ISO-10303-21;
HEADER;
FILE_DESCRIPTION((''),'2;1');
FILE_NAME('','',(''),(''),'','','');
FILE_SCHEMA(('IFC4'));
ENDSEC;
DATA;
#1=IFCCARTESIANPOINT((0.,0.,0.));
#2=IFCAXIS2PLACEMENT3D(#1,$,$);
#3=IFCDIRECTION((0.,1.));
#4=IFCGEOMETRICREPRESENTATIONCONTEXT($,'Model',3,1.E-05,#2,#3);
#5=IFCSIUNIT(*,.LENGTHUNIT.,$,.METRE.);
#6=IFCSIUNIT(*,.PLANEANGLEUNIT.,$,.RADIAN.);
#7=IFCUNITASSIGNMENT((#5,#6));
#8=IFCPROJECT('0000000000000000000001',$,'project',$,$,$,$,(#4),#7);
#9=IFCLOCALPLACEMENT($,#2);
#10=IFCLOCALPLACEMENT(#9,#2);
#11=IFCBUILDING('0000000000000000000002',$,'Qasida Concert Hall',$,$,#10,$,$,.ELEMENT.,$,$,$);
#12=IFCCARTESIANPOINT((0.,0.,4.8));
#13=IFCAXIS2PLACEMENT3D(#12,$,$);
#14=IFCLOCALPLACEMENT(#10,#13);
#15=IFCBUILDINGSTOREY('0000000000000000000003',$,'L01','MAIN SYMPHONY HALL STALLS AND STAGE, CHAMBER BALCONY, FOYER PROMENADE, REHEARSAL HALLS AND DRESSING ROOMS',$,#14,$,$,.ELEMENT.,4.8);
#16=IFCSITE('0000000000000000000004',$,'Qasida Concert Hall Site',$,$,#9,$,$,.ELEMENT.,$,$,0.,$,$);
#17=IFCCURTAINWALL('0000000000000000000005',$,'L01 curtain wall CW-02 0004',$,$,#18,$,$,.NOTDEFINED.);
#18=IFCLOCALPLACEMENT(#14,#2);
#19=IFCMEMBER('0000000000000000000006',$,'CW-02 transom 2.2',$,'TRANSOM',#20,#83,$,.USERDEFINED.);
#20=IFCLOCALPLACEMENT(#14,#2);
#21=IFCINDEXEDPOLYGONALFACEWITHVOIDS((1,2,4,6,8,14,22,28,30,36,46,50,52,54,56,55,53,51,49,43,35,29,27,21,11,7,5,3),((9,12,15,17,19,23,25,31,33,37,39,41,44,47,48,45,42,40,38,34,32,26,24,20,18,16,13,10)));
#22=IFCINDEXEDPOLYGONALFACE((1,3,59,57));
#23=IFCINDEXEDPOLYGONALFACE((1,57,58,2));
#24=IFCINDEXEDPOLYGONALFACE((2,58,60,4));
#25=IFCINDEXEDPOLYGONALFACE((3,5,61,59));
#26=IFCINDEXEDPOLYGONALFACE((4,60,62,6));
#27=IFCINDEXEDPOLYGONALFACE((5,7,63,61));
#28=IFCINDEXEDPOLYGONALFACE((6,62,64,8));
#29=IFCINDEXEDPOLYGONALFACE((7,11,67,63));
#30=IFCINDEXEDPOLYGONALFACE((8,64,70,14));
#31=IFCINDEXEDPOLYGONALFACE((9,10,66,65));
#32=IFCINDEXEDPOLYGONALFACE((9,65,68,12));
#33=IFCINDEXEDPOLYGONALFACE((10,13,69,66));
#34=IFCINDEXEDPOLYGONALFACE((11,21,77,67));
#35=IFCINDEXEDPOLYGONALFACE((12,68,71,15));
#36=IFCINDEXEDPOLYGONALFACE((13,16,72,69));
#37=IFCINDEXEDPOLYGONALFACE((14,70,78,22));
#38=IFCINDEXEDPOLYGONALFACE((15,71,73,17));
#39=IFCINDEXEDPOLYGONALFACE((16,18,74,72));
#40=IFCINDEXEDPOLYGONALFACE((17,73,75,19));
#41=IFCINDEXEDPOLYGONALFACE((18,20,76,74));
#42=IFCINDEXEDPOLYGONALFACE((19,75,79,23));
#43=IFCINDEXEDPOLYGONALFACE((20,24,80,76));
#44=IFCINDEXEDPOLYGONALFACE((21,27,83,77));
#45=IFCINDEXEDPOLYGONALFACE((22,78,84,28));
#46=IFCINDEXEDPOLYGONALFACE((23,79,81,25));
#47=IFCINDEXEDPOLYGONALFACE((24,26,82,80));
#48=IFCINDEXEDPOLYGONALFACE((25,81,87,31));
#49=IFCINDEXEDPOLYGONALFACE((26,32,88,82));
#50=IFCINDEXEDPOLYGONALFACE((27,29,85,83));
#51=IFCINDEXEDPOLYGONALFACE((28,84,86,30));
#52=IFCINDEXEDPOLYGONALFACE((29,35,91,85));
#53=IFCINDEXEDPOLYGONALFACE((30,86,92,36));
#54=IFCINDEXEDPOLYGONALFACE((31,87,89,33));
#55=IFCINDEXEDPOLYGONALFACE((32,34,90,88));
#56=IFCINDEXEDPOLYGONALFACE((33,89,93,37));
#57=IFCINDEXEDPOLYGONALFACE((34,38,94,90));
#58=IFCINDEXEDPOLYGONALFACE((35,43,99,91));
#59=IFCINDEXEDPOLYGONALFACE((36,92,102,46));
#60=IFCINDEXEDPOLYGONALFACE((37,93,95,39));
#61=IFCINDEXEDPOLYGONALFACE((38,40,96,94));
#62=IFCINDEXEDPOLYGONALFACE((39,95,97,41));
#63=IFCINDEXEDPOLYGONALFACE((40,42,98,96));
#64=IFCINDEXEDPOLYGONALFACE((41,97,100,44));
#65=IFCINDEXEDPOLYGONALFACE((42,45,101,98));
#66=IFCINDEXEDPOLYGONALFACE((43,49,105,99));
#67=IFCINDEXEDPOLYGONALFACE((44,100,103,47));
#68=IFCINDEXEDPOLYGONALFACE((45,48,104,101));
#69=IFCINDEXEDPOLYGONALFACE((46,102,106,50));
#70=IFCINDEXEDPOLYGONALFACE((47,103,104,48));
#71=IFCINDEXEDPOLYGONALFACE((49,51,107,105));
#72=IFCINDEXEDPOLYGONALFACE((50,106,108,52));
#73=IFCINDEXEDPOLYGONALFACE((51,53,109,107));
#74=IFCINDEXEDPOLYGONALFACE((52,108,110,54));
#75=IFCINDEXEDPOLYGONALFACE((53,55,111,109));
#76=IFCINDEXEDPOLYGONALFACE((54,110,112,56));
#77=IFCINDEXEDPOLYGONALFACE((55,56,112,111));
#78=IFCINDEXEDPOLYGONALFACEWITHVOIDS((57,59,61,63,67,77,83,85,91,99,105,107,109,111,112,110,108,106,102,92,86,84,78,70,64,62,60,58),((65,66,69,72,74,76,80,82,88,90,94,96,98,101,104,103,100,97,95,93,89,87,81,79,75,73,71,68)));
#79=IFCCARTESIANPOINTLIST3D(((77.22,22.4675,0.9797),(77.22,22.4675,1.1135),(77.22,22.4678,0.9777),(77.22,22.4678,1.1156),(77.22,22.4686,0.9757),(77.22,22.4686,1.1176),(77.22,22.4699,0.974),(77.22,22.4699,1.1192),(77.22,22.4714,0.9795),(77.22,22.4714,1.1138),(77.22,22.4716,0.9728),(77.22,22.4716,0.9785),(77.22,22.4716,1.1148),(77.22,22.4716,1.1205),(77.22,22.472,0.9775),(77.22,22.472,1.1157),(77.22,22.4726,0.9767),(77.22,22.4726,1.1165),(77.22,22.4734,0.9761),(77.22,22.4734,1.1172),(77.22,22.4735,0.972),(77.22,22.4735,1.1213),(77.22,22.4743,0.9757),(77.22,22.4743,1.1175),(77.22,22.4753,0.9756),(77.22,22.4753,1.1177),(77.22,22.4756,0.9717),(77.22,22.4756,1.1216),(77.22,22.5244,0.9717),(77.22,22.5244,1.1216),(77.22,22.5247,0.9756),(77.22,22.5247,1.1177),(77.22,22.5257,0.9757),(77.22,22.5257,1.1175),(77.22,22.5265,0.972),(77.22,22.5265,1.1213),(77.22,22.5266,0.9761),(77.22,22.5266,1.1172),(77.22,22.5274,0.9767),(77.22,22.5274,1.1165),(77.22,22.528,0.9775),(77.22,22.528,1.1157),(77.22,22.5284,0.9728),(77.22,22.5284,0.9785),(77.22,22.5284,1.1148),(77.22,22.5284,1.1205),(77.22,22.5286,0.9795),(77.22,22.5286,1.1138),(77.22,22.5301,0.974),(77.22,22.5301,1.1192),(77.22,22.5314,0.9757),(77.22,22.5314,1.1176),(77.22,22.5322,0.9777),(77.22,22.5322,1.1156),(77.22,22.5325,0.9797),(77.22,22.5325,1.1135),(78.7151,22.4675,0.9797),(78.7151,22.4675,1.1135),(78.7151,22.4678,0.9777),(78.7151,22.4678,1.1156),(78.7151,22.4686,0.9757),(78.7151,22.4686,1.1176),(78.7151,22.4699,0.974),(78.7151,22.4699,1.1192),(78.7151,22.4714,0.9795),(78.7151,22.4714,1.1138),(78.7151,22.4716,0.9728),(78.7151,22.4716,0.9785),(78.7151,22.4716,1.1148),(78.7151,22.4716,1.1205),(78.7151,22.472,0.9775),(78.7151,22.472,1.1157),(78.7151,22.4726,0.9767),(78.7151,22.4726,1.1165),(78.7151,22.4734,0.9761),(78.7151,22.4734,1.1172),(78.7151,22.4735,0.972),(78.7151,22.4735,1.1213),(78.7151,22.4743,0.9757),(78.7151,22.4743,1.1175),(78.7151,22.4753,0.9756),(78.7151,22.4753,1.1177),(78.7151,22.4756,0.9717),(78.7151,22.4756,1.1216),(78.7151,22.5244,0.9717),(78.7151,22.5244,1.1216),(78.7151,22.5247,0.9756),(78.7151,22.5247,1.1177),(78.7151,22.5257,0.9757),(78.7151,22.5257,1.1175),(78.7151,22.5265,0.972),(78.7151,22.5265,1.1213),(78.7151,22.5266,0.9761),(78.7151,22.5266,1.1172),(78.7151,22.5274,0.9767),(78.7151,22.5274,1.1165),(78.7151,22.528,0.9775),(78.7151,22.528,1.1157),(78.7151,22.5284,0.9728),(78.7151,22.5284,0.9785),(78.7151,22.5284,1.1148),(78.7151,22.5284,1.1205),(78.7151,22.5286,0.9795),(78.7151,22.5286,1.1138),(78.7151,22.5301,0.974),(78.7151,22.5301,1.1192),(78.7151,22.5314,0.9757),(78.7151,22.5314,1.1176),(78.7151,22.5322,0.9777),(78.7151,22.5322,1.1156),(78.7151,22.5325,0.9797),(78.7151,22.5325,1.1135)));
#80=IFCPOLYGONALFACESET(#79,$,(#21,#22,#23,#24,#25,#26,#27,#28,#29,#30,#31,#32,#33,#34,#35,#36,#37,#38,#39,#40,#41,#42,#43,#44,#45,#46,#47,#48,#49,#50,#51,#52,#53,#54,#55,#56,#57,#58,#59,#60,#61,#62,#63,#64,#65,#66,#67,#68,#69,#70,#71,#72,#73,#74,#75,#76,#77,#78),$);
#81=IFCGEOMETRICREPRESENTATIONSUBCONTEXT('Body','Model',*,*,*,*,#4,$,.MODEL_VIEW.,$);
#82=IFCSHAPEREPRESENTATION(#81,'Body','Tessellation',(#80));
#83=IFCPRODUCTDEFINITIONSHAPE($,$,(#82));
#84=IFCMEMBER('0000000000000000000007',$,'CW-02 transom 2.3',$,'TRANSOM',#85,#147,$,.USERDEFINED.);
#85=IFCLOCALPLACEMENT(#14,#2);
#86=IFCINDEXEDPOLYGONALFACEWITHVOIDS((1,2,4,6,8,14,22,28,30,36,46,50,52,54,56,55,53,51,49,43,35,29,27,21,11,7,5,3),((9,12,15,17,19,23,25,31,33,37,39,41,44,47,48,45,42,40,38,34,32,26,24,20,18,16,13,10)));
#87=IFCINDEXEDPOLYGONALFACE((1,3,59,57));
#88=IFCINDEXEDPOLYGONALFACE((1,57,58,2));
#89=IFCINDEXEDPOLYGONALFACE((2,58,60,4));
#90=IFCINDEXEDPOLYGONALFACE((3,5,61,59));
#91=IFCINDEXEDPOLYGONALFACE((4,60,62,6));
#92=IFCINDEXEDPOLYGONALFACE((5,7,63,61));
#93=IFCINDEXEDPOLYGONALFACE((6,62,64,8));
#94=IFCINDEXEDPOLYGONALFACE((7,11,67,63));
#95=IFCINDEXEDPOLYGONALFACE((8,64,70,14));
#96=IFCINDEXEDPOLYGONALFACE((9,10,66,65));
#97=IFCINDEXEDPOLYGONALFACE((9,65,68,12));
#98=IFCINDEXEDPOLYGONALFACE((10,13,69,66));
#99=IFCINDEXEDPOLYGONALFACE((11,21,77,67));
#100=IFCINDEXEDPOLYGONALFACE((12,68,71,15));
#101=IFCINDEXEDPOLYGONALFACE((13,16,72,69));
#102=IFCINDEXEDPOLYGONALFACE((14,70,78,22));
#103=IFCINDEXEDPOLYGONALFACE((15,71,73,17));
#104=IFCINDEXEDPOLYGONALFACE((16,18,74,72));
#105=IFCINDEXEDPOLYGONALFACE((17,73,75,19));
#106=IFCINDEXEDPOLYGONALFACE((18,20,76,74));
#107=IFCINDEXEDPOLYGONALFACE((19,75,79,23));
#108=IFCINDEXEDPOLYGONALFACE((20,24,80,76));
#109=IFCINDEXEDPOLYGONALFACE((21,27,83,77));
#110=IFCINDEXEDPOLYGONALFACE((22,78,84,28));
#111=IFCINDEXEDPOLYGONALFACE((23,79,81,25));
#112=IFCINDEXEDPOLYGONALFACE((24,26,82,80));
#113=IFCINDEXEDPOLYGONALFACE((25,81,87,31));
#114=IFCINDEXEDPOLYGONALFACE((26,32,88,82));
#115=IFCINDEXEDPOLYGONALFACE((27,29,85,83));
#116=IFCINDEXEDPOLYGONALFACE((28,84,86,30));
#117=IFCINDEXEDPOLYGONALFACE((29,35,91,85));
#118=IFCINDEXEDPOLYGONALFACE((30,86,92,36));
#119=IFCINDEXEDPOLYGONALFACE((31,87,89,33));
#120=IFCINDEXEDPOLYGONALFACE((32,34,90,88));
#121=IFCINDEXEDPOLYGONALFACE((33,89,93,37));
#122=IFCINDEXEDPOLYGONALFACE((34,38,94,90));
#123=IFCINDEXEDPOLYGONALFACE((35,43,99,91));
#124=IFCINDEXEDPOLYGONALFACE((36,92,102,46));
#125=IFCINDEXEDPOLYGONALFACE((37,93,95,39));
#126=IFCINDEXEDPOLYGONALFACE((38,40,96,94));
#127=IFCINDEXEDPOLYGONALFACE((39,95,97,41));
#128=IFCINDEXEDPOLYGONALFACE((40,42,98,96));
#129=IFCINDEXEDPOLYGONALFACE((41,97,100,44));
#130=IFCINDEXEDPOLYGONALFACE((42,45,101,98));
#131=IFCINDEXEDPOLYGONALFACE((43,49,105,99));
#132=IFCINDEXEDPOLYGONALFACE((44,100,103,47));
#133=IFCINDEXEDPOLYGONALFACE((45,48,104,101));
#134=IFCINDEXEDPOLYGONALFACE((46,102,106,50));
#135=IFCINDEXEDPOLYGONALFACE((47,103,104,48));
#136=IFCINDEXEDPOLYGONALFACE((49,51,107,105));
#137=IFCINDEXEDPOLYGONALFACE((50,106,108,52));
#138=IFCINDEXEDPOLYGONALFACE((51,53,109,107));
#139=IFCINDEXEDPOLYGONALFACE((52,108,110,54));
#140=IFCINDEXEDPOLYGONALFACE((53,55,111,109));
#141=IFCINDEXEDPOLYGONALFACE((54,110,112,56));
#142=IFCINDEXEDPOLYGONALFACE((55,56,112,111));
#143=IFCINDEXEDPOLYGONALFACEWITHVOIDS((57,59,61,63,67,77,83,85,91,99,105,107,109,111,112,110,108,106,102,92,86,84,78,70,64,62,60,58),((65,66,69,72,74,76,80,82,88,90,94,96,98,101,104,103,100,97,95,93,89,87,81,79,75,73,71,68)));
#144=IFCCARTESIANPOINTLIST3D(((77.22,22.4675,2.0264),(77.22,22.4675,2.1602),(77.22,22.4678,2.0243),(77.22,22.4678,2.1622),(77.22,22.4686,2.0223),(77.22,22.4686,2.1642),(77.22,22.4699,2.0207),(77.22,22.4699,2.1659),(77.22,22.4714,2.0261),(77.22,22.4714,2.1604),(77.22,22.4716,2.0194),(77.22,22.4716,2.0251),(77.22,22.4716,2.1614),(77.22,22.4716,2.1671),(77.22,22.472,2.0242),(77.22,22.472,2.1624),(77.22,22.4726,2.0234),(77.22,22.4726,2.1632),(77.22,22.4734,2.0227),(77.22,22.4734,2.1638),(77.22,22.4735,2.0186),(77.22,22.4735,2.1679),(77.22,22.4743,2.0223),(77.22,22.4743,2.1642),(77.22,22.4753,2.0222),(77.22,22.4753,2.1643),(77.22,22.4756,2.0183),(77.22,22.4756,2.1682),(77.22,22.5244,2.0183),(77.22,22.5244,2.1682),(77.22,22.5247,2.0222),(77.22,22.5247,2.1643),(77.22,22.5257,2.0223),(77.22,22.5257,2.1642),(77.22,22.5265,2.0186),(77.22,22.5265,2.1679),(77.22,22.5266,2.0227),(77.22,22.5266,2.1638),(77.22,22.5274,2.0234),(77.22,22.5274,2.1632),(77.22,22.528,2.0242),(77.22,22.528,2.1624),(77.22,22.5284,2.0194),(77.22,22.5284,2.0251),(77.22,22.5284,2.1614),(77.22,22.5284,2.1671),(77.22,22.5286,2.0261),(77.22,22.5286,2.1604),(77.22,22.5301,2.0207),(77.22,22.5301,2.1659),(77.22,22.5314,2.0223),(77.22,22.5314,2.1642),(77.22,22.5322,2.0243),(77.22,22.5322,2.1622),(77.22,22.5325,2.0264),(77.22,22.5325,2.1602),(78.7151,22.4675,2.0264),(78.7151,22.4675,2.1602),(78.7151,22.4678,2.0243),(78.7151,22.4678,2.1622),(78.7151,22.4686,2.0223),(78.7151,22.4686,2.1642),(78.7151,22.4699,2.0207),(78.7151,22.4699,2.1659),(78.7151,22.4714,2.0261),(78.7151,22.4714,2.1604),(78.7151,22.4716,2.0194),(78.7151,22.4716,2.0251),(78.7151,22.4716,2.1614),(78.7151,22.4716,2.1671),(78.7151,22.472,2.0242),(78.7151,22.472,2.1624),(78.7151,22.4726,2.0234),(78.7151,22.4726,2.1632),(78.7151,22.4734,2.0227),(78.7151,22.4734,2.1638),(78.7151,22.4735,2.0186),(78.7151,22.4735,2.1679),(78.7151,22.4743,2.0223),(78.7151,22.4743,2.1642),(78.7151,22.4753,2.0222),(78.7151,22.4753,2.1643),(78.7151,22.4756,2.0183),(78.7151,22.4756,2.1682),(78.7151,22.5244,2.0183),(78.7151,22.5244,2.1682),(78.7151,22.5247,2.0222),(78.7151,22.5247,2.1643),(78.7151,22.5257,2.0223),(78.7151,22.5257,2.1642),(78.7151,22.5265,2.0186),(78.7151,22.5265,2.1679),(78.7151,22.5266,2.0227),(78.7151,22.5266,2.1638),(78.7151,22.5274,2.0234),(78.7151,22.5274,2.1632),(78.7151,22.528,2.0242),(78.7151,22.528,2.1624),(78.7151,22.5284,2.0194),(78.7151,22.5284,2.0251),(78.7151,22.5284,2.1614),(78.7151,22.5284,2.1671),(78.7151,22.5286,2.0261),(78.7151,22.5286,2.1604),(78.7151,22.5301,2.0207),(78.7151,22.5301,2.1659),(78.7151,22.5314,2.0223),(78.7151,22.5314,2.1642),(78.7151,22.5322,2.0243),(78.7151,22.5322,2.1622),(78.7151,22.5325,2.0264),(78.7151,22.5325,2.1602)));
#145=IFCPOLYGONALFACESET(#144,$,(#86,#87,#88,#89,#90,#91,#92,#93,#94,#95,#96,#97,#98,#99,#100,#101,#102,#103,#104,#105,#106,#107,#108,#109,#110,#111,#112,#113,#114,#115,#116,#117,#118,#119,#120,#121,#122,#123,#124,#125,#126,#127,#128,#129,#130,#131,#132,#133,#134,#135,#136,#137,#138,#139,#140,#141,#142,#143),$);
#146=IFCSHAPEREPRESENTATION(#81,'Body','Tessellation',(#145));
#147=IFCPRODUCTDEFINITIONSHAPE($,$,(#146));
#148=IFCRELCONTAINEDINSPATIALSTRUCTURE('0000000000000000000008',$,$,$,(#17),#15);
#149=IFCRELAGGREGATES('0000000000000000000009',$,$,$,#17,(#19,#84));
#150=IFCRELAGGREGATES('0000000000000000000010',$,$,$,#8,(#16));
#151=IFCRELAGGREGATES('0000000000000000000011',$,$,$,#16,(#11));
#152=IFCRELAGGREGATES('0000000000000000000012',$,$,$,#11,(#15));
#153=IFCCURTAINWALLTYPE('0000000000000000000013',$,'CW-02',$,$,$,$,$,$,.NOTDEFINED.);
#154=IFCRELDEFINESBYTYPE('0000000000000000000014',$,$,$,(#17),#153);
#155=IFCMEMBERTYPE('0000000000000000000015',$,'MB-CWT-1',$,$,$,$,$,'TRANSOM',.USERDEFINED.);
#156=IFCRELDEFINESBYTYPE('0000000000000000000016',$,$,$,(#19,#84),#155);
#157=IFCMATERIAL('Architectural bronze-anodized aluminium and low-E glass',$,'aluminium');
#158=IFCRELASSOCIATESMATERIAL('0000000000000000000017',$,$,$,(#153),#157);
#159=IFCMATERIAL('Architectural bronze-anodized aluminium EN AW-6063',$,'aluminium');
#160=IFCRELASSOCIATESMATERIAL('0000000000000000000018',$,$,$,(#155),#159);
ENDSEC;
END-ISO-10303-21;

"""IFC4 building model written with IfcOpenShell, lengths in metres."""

from ifc_helpers import new_model, si_unit, direction, frame, origin, origin_2d, place, context, subcontext, project, spatial, hollow_rectangle, extrude, material, material_profile, profile_set, type_object, element, aggregate, save


model = new_model("IFC4")

# Units and contexts
model_context = context("Model", 3, precision=1e-05, world=origin(), true_north=direction((0.0, 1.0)))
body_context = subcontext(model_context, "Body", "Model", "MODEL_VIEW")
ifc_project = project(units=[si_unit("LENGTHUNIT", "METRE"), si_unit("PLANEANGLEUNIT", "RADIAN")], contexts=[model_context])

# Site, building, storey
site_placement = place(None, origin())
site = spatial("IfcSite", under=ifc_project, at=site_placement, Name="Qasida Concert Hall Site", CompositionType="ELEMENT", RefElevation=0.0)
building_placement = place(site_placement, origin())
building = spatial("IfcBuilding", under=site, at=building_placement, Name="Qasida Concert Hall", CompositionType="ELEMENT")
storey_placement = place(building_placement, frame((0.0, 0.0, 4.8)))
storey = spatial("IfcBuildingStorey", under=building, at=storey_placement, Name="L01", Description="MAIN SYMPHONY HALL STALLS AND STAGE, CHAMBER BALCONY, FOYER PROMENADE, REHEARSAL HALLS AND DRESSING ROOMS", CompositionType="ELEMENT", Elevation=4.8)

# Curtain wall, members
ifc_material_1 = material(Name="Architectural bronze-anodized aluminium and low-E glass", Category="aluminium")
curtain_wall_type = type_object("IfcCurtainWallType", Name="CW-02", PredefinedType="NOTDEFINED", material=ifc_material_1)
curtain_wall_placement = place(storey_placement, origin())
curtain_wall = element("IfcCurtainWall", 1, at=curtain_wall_placement, inside=storey, type_object=curtain_wall_type, Name="L01 curtain wall CW-02 0004", PredefinedType="NOTDEFINED")
ifc_material_2 = material(Name="Architectural bronze-anodized aluminium EN AW-6063", Category="aluminium")
ifc_material_profile_1 = material_profile(ifc_material_2, hollow_rectangle(XDim=0.0649, YDim=0.1499, WallThickness=0.0039, InnerFilletRadius=0.0039, OuterFilletRadius=0.0081, at=origin_2d()), Name="CWT 150x65x4")
ifc_profile_set_1 = profile_set([ifc_material_profile_1], Name="Architectural bronze-anodized aluminium EN AW-6063")
member_type_1 = type_object("IfcMemberType", Name="MB-CWT-1", ElementType="TRANSOM", PredefinedType="USERDEFINED", material=ifc_profile_set_1)
member_1_placement = place(storey_placement, frame((77.22, 22.5, 1.0466), z_axis=(1.0, 0.0, 0.0), x_axis=(0.0, 1.0, 0.0)))
member_1 = element("IfcMember", 2, at=member_1_placement, type_object=member_type_1, Name="CW-02 transom 2.2", ObjectType="TRANSOM", PredefinedType="USERDEFINED", context=body_context, shape_type="SweptSolid", body=[
    extrude(hollow_rectangle(XDim=0.0649, YDim=0.1499, WallThickness=0.0039, InnerFilletRadius=0.0039, OuterFilletRadius=0.0081, at=origin_2d()), origin(), (0.0, 0.0, 1.0), 1.4951),
])
member_2_placement = place(storey_placement, frame((77.22, 22.5, 2.0933), z_axis=(1.0, 0.0, 0.0), x_axis=(0.0, 1.0, 0.0)))
member_2 = element("IfcMember", 3, at=member_2_placement, type_object=member_type_1, Name="CW-02 transom 2.3", ObjectType="TRANSOM", PredefinedType="USERDEFINED", context=body_context, shape_type="SweptSolid", body=[
    extrude(hollow_rectangle(XDim=0.0649, YDim=0.1499, WallThickness=0.0039, InnerFilletRadius=0.0039, OuterFilletRadius=0.0081, at=origin_2d()), origin(), (0.0, 0.0, 1.0), 1.4951),
])
aggregate(curtain_wall, [member_1, member_2])

save(model, "model.ifc")
